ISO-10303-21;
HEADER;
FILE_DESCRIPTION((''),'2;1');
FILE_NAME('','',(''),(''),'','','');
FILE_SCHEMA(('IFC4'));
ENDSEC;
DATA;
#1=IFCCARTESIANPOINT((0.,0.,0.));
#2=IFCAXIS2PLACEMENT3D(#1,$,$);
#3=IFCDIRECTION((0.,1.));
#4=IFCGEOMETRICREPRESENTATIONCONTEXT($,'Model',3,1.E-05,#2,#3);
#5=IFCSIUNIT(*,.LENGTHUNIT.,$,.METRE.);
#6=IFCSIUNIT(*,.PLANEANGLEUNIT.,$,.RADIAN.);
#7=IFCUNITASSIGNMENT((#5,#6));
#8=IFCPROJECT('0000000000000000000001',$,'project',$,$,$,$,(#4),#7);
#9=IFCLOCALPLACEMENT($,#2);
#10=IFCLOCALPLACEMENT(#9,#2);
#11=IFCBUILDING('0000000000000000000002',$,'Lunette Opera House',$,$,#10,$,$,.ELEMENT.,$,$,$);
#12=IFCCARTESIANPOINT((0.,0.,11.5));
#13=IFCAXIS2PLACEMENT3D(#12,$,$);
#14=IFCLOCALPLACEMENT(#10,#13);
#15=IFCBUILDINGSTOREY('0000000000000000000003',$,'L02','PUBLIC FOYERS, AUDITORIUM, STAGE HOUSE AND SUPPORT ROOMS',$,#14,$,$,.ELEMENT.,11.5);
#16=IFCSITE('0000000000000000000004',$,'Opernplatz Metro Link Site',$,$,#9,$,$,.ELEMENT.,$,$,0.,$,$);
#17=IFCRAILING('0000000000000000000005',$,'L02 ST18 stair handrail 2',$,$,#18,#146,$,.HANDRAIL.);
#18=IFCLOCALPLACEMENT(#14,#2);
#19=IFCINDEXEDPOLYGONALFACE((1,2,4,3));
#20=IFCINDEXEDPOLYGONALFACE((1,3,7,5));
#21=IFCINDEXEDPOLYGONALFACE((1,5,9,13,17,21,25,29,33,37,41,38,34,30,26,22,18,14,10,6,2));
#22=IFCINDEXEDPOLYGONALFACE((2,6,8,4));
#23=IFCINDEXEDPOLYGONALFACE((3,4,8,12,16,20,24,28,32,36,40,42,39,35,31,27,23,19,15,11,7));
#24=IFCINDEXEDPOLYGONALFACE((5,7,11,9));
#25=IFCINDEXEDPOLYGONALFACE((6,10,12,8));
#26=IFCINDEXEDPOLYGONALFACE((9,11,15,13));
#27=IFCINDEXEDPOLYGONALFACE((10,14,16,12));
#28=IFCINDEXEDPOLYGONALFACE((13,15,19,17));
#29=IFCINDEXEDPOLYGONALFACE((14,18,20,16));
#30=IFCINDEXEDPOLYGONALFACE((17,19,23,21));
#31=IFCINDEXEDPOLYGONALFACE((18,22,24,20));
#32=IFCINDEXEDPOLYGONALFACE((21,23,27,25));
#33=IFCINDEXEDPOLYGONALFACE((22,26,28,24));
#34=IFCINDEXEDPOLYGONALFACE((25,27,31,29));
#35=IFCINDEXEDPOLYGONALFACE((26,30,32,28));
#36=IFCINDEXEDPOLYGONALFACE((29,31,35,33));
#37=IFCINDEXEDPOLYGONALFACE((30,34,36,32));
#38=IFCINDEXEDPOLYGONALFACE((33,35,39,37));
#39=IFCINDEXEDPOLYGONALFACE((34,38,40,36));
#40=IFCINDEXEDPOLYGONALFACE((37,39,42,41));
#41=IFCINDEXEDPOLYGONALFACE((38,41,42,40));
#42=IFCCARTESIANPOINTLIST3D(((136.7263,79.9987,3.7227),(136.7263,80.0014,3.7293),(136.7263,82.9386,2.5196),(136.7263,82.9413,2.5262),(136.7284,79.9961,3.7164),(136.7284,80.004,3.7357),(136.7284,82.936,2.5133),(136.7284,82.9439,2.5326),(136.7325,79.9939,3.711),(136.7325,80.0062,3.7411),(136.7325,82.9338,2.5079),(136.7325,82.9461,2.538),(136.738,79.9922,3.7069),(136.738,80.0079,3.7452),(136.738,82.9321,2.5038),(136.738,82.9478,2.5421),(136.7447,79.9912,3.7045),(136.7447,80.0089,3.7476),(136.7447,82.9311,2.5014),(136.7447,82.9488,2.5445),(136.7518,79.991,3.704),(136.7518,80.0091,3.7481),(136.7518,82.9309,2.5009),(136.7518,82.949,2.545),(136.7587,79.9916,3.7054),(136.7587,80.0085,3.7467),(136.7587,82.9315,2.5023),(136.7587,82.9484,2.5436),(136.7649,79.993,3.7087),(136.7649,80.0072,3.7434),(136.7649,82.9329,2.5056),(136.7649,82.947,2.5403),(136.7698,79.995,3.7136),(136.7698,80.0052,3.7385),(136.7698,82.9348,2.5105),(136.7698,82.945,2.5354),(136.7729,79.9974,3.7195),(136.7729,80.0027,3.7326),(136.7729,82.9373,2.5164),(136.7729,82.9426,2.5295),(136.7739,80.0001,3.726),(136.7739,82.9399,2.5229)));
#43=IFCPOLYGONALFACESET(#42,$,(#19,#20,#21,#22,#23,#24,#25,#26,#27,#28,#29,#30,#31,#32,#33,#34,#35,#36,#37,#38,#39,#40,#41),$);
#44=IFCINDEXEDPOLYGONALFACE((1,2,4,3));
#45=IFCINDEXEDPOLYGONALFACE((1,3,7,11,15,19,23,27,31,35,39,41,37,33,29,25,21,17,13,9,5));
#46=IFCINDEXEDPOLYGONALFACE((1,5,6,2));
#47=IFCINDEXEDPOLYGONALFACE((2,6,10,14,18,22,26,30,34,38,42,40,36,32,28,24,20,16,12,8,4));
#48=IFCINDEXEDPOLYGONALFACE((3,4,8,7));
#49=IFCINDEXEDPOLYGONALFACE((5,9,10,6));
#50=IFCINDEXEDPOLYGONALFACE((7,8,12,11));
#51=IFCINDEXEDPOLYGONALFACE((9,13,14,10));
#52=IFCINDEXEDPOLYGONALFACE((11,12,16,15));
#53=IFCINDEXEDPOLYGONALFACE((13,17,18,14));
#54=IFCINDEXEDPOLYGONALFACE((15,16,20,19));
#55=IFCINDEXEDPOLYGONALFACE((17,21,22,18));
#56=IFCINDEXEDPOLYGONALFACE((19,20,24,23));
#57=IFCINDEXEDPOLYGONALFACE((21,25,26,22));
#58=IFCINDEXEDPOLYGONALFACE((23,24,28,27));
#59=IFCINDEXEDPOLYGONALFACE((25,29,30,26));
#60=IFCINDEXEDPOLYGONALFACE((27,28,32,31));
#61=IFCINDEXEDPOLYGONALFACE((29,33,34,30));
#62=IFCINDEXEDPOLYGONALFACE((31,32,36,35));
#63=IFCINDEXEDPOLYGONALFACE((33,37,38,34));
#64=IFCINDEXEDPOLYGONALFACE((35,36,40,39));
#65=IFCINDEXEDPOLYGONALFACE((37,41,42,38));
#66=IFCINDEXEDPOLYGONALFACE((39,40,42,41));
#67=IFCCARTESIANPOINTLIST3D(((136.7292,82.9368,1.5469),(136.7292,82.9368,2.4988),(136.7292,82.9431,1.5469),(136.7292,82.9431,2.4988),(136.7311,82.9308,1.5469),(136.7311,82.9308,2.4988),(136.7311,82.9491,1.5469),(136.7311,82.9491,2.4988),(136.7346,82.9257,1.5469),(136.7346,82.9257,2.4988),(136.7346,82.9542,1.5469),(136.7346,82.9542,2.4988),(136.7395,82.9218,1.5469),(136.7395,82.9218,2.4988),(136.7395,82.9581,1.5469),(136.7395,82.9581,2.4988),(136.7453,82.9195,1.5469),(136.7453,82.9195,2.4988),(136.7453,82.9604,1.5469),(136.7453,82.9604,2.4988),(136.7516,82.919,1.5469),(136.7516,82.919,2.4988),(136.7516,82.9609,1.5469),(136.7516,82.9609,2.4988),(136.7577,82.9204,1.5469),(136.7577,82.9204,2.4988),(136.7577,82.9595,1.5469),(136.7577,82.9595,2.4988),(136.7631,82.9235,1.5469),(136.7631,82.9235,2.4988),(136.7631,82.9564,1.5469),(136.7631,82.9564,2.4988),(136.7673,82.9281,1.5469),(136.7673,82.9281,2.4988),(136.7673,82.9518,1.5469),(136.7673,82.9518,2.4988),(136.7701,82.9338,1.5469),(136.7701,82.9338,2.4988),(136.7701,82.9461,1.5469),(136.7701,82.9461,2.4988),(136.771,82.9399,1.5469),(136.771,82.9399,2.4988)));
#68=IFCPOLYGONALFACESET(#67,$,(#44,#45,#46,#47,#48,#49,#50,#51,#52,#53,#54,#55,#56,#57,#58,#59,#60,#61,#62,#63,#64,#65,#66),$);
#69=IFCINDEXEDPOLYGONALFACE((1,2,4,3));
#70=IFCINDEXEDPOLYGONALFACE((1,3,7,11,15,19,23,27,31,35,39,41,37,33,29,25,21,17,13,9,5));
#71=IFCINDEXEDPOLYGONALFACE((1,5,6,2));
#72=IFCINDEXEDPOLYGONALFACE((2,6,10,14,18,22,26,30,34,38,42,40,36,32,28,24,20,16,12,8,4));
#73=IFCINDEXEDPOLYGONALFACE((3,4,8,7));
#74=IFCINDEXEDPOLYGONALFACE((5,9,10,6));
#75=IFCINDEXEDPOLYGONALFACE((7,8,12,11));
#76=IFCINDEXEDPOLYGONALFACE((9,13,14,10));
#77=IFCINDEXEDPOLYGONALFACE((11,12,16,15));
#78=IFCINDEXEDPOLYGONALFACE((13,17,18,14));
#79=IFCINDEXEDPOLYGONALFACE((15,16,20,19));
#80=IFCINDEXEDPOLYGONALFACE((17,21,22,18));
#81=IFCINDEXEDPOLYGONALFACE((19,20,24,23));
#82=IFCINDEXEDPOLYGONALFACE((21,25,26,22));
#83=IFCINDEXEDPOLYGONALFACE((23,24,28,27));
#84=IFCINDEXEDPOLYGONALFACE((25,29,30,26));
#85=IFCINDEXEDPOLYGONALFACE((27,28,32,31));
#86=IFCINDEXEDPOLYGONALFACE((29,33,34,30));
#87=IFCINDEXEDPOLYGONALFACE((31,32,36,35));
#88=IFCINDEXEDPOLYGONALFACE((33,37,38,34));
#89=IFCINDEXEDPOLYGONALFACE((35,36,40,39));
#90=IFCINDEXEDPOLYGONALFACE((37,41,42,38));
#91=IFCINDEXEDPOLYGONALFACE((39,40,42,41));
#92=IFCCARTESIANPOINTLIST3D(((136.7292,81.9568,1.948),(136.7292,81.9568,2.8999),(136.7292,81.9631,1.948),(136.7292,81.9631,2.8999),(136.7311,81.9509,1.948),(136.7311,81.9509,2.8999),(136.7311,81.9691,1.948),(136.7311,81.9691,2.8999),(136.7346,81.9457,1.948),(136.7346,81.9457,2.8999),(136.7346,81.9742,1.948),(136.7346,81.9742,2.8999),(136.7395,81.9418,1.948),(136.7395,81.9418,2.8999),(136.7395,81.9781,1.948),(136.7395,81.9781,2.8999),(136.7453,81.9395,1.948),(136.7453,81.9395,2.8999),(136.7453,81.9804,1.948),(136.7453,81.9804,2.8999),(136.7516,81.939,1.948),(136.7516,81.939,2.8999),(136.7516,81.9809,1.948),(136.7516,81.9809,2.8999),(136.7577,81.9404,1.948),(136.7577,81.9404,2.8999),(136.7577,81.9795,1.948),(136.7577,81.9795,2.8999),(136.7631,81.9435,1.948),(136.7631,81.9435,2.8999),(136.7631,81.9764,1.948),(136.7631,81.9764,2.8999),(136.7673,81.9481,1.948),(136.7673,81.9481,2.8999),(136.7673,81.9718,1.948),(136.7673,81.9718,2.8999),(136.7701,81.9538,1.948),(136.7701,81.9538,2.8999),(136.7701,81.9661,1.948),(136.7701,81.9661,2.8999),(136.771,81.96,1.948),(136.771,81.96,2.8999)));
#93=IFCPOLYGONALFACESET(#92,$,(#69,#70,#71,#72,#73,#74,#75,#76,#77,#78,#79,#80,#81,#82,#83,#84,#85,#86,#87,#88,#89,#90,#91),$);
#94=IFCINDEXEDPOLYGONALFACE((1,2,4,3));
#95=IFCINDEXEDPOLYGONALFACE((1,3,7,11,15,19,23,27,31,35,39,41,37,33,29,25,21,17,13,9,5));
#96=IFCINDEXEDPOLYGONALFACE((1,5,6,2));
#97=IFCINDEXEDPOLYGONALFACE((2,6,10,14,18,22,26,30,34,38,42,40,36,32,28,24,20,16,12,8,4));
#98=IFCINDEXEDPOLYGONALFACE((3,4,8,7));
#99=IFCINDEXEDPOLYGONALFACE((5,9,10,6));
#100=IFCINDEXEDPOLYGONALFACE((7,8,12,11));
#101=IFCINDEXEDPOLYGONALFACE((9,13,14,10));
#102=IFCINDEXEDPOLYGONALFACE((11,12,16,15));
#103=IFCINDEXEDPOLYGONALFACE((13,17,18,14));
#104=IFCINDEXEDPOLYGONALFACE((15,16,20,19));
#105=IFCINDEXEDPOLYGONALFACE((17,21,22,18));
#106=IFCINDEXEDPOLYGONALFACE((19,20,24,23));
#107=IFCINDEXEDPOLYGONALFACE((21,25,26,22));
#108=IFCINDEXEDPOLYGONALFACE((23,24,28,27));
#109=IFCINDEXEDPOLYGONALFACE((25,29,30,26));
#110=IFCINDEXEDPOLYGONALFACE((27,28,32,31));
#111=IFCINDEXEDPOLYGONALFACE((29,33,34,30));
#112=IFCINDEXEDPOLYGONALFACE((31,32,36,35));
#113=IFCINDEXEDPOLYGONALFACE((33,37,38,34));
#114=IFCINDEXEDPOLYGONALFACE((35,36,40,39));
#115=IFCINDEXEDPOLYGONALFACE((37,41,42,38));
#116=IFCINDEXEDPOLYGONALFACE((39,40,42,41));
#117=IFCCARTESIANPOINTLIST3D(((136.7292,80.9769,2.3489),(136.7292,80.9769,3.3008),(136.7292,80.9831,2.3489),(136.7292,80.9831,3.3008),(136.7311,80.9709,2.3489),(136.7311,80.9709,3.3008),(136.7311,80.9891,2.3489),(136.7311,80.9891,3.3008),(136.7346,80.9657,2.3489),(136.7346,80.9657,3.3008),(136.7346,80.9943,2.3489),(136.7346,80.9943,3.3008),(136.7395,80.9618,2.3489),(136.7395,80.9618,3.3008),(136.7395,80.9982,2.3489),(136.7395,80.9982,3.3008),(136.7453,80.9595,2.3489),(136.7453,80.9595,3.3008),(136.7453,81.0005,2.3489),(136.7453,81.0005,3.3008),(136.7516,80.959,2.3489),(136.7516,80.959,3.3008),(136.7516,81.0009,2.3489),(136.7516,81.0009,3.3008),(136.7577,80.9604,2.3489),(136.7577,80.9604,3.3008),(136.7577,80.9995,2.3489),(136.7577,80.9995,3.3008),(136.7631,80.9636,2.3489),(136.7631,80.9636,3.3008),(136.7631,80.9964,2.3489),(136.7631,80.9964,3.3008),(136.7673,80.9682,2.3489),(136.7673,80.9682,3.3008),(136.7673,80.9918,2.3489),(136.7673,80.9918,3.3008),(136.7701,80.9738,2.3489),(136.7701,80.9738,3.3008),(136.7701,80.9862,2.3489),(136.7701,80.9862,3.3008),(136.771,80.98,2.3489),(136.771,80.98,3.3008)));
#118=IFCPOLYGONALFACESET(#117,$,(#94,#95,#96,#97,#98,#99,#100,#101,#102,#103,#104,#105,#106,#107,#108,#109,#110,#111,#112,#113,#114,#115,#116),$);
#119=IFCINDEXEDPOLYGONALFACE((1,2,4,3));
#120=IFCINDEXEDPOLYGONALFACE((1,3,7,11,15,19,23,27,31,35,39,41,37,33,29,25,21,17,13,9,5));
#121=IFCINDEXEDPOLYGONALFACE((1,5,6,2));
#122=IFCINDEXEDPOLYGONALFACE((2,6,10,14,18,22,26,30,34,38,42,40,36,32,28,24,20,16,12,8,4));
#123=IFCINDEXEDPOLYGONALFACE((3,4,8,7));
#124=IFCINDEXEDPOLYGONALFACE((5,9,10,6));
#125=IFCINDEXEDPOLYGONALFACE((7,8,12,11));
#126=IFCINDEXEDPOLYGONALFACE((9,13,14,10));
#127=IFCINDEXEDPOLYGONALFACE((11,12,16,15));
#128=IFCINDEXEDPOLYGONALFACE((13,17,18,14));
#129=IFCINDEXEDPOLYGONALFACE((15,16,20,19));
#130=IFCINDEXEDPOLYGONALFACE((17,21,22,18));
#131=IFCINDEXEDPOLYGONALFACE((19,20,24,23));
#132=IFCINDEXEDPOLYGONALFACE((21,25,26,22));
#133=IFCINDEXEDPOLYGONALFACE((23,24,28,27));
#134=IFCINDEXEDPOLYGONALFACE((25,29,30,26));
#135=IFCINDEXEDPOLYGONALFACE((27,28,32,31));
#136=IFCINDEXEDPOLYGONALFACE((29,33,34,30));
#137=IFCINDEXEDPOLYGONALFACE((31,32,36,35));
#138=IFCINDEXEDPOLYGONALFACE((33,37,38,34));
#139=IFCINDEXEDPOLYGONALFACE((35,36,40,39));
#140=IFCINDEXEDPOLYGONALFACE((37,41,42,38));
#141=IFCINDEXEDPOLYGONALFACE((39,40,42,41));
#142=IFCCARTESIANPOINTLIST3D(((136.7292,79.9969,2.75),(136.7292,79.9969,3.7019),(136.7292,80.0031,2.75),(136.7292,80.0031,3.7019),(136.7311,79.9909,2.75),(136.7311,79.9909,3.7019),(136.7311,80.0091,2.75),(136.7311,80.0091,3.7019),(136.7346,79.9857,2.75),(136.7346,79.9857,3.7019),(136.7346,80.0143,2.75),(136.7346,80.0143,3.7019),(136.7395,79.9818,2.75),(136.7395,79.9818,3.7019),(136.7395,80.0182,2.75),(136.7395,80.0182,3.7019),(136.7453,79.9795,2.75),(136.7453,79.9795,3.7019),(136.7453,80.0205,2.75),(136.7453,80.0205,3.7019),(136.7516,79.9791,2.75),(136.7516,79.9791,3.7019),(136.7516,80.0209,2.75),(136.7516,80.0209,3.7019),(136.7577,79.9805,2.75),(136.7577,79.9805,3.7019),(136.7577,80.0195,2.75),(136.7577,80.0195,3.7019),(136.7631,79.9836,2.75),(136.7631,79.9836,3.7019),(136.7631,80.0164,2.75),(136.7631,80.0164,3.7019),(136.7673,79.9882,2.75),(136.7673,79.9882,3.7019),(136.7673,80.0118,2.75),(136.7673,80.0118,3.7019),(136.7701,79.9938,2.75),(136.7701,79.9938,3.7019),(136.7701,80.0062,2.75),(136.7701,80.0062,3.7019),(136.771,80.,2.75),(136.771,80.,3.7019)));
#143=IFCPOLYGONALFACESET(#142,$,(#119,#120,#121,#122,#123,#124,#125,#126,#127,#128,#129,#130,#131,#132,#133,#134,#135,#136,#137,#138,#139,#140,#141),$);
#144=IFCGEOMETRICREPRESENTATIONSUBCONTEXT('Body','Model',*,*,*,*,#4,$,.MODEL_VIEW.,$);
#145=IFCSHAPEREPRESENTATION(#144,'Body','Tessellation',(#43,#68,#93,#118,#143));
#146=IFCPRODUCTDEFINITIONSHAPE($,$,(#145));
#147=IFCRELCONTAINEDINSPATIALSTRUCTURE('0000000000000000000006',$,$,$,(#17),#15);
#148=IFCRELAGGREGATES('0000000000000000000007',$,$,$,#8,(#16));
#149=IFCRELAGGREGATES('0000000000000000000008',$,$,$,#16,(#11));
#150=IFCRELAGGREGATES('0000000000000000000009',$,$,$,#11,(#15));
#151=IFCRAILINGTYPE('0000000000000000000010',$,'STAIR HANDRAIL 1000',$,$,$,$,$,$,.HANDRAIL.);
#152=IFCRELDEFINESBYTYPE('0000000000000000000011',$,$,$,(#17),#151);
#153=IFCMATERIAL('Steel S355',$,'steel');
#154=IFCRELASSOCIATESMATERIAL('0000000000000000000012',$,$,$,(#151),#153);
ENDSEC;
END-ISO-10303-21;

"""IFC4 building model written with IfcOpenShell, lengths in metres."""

from ifc_helpers import new_model, si_unit, direction, frame, origin, origin_2d, place, context, subcontext, project, spatial, circle, extrude, material, type_object, element, save


model = new_model("IFC4")

# Units and contexts
model_context = context("Model", 3, precision=1e-05, world=origin(), true_north=direction((0.0, 1.0)))
body_context = subcontext(model_context, "Body", "Model", "MODEL_VIEW")
ifc_project = project(units=[si_unit("LENGTHUNIT", "METRE"), si_unit("PLANEANGLEUNIT", "RADIAN")], contexts=[model_context])

# Site, building, storey
site_placement = place(None, origin())
site = spatial("IfcSite", under=ifc_project, at=site_placement, Name="Opernplatz Metro Link Site", CompositionType="ELEMENT", RefElevation=0.0)
building_placement = place(site_placement, origin())
building = spatial("IfcBuilding", under=site, at=building_placement, Name="Lunette Opera House", CompositionType="ELEMENT")
storey_placement = place(building_placement, frame((0.0, 0.0, 11.5)))
storey = spatial("IfcBuildingStorey", under=building, at=storey_placement, Name="L02", Description="PUBLIC FOYERS, AUDITORIUM, STAGE HOUSE AND SUPPORT ROOMS", CompositionType="ELEMENT", Elevation=11.5)

# Railing
ifc_material_1 = material(Name="Steel S355", Category="steel")
railing_type_1 = type_object("IfcRailingType", Name="STAIR HANDRAIL 1000", PredefinedType="HANDRAIL", material=ifc_material_1)
railing_1_placement = place(storey_placement, frame((136.75, 82.9399, 1.5469)))
element("IfcRailing", 1, at=railing_1_placement, inside=storey, type_object=railing_type_1, Name="L02 ST18 stair handrail 2", PredefinedType="HANDRAIL", context=body_context, shape_type="SweptSolid", body=[
    extrude(circle(Radius=0.0239, at=origin_2d()), frame((0.0, 0.0, 0.9761), z_axis=(0.0, -0.9255, 0.378747), x_axis=(1.0, 0.0, 0.0)), (0.0, 0.0, 1.0), 3.1765),
    extrude(circle(Radius=0.021, at=origin_2d()), origin(), (0.0, 0.0, 1.0), 0.9519),
    extrude(circle(Radius=0.021, at=origin_2d()), frame((0.0, -0.98, 0.4011)), (0.0, 0.0, 1.0), 0.9519),
    extrude(circle(Radius=0.021, at=origin_2d()), frame((0.0, -1.96, 0.802)), (0.0, 0.0, 1.0), 0.9519),
    extrude(circle(Radius=0.021, at=origin_2d()), frame((0.0, -2.9399, 1.2031)), (0.0, 0.0, 1.0), 0.9519),
])

save(model, "model.ifc")
